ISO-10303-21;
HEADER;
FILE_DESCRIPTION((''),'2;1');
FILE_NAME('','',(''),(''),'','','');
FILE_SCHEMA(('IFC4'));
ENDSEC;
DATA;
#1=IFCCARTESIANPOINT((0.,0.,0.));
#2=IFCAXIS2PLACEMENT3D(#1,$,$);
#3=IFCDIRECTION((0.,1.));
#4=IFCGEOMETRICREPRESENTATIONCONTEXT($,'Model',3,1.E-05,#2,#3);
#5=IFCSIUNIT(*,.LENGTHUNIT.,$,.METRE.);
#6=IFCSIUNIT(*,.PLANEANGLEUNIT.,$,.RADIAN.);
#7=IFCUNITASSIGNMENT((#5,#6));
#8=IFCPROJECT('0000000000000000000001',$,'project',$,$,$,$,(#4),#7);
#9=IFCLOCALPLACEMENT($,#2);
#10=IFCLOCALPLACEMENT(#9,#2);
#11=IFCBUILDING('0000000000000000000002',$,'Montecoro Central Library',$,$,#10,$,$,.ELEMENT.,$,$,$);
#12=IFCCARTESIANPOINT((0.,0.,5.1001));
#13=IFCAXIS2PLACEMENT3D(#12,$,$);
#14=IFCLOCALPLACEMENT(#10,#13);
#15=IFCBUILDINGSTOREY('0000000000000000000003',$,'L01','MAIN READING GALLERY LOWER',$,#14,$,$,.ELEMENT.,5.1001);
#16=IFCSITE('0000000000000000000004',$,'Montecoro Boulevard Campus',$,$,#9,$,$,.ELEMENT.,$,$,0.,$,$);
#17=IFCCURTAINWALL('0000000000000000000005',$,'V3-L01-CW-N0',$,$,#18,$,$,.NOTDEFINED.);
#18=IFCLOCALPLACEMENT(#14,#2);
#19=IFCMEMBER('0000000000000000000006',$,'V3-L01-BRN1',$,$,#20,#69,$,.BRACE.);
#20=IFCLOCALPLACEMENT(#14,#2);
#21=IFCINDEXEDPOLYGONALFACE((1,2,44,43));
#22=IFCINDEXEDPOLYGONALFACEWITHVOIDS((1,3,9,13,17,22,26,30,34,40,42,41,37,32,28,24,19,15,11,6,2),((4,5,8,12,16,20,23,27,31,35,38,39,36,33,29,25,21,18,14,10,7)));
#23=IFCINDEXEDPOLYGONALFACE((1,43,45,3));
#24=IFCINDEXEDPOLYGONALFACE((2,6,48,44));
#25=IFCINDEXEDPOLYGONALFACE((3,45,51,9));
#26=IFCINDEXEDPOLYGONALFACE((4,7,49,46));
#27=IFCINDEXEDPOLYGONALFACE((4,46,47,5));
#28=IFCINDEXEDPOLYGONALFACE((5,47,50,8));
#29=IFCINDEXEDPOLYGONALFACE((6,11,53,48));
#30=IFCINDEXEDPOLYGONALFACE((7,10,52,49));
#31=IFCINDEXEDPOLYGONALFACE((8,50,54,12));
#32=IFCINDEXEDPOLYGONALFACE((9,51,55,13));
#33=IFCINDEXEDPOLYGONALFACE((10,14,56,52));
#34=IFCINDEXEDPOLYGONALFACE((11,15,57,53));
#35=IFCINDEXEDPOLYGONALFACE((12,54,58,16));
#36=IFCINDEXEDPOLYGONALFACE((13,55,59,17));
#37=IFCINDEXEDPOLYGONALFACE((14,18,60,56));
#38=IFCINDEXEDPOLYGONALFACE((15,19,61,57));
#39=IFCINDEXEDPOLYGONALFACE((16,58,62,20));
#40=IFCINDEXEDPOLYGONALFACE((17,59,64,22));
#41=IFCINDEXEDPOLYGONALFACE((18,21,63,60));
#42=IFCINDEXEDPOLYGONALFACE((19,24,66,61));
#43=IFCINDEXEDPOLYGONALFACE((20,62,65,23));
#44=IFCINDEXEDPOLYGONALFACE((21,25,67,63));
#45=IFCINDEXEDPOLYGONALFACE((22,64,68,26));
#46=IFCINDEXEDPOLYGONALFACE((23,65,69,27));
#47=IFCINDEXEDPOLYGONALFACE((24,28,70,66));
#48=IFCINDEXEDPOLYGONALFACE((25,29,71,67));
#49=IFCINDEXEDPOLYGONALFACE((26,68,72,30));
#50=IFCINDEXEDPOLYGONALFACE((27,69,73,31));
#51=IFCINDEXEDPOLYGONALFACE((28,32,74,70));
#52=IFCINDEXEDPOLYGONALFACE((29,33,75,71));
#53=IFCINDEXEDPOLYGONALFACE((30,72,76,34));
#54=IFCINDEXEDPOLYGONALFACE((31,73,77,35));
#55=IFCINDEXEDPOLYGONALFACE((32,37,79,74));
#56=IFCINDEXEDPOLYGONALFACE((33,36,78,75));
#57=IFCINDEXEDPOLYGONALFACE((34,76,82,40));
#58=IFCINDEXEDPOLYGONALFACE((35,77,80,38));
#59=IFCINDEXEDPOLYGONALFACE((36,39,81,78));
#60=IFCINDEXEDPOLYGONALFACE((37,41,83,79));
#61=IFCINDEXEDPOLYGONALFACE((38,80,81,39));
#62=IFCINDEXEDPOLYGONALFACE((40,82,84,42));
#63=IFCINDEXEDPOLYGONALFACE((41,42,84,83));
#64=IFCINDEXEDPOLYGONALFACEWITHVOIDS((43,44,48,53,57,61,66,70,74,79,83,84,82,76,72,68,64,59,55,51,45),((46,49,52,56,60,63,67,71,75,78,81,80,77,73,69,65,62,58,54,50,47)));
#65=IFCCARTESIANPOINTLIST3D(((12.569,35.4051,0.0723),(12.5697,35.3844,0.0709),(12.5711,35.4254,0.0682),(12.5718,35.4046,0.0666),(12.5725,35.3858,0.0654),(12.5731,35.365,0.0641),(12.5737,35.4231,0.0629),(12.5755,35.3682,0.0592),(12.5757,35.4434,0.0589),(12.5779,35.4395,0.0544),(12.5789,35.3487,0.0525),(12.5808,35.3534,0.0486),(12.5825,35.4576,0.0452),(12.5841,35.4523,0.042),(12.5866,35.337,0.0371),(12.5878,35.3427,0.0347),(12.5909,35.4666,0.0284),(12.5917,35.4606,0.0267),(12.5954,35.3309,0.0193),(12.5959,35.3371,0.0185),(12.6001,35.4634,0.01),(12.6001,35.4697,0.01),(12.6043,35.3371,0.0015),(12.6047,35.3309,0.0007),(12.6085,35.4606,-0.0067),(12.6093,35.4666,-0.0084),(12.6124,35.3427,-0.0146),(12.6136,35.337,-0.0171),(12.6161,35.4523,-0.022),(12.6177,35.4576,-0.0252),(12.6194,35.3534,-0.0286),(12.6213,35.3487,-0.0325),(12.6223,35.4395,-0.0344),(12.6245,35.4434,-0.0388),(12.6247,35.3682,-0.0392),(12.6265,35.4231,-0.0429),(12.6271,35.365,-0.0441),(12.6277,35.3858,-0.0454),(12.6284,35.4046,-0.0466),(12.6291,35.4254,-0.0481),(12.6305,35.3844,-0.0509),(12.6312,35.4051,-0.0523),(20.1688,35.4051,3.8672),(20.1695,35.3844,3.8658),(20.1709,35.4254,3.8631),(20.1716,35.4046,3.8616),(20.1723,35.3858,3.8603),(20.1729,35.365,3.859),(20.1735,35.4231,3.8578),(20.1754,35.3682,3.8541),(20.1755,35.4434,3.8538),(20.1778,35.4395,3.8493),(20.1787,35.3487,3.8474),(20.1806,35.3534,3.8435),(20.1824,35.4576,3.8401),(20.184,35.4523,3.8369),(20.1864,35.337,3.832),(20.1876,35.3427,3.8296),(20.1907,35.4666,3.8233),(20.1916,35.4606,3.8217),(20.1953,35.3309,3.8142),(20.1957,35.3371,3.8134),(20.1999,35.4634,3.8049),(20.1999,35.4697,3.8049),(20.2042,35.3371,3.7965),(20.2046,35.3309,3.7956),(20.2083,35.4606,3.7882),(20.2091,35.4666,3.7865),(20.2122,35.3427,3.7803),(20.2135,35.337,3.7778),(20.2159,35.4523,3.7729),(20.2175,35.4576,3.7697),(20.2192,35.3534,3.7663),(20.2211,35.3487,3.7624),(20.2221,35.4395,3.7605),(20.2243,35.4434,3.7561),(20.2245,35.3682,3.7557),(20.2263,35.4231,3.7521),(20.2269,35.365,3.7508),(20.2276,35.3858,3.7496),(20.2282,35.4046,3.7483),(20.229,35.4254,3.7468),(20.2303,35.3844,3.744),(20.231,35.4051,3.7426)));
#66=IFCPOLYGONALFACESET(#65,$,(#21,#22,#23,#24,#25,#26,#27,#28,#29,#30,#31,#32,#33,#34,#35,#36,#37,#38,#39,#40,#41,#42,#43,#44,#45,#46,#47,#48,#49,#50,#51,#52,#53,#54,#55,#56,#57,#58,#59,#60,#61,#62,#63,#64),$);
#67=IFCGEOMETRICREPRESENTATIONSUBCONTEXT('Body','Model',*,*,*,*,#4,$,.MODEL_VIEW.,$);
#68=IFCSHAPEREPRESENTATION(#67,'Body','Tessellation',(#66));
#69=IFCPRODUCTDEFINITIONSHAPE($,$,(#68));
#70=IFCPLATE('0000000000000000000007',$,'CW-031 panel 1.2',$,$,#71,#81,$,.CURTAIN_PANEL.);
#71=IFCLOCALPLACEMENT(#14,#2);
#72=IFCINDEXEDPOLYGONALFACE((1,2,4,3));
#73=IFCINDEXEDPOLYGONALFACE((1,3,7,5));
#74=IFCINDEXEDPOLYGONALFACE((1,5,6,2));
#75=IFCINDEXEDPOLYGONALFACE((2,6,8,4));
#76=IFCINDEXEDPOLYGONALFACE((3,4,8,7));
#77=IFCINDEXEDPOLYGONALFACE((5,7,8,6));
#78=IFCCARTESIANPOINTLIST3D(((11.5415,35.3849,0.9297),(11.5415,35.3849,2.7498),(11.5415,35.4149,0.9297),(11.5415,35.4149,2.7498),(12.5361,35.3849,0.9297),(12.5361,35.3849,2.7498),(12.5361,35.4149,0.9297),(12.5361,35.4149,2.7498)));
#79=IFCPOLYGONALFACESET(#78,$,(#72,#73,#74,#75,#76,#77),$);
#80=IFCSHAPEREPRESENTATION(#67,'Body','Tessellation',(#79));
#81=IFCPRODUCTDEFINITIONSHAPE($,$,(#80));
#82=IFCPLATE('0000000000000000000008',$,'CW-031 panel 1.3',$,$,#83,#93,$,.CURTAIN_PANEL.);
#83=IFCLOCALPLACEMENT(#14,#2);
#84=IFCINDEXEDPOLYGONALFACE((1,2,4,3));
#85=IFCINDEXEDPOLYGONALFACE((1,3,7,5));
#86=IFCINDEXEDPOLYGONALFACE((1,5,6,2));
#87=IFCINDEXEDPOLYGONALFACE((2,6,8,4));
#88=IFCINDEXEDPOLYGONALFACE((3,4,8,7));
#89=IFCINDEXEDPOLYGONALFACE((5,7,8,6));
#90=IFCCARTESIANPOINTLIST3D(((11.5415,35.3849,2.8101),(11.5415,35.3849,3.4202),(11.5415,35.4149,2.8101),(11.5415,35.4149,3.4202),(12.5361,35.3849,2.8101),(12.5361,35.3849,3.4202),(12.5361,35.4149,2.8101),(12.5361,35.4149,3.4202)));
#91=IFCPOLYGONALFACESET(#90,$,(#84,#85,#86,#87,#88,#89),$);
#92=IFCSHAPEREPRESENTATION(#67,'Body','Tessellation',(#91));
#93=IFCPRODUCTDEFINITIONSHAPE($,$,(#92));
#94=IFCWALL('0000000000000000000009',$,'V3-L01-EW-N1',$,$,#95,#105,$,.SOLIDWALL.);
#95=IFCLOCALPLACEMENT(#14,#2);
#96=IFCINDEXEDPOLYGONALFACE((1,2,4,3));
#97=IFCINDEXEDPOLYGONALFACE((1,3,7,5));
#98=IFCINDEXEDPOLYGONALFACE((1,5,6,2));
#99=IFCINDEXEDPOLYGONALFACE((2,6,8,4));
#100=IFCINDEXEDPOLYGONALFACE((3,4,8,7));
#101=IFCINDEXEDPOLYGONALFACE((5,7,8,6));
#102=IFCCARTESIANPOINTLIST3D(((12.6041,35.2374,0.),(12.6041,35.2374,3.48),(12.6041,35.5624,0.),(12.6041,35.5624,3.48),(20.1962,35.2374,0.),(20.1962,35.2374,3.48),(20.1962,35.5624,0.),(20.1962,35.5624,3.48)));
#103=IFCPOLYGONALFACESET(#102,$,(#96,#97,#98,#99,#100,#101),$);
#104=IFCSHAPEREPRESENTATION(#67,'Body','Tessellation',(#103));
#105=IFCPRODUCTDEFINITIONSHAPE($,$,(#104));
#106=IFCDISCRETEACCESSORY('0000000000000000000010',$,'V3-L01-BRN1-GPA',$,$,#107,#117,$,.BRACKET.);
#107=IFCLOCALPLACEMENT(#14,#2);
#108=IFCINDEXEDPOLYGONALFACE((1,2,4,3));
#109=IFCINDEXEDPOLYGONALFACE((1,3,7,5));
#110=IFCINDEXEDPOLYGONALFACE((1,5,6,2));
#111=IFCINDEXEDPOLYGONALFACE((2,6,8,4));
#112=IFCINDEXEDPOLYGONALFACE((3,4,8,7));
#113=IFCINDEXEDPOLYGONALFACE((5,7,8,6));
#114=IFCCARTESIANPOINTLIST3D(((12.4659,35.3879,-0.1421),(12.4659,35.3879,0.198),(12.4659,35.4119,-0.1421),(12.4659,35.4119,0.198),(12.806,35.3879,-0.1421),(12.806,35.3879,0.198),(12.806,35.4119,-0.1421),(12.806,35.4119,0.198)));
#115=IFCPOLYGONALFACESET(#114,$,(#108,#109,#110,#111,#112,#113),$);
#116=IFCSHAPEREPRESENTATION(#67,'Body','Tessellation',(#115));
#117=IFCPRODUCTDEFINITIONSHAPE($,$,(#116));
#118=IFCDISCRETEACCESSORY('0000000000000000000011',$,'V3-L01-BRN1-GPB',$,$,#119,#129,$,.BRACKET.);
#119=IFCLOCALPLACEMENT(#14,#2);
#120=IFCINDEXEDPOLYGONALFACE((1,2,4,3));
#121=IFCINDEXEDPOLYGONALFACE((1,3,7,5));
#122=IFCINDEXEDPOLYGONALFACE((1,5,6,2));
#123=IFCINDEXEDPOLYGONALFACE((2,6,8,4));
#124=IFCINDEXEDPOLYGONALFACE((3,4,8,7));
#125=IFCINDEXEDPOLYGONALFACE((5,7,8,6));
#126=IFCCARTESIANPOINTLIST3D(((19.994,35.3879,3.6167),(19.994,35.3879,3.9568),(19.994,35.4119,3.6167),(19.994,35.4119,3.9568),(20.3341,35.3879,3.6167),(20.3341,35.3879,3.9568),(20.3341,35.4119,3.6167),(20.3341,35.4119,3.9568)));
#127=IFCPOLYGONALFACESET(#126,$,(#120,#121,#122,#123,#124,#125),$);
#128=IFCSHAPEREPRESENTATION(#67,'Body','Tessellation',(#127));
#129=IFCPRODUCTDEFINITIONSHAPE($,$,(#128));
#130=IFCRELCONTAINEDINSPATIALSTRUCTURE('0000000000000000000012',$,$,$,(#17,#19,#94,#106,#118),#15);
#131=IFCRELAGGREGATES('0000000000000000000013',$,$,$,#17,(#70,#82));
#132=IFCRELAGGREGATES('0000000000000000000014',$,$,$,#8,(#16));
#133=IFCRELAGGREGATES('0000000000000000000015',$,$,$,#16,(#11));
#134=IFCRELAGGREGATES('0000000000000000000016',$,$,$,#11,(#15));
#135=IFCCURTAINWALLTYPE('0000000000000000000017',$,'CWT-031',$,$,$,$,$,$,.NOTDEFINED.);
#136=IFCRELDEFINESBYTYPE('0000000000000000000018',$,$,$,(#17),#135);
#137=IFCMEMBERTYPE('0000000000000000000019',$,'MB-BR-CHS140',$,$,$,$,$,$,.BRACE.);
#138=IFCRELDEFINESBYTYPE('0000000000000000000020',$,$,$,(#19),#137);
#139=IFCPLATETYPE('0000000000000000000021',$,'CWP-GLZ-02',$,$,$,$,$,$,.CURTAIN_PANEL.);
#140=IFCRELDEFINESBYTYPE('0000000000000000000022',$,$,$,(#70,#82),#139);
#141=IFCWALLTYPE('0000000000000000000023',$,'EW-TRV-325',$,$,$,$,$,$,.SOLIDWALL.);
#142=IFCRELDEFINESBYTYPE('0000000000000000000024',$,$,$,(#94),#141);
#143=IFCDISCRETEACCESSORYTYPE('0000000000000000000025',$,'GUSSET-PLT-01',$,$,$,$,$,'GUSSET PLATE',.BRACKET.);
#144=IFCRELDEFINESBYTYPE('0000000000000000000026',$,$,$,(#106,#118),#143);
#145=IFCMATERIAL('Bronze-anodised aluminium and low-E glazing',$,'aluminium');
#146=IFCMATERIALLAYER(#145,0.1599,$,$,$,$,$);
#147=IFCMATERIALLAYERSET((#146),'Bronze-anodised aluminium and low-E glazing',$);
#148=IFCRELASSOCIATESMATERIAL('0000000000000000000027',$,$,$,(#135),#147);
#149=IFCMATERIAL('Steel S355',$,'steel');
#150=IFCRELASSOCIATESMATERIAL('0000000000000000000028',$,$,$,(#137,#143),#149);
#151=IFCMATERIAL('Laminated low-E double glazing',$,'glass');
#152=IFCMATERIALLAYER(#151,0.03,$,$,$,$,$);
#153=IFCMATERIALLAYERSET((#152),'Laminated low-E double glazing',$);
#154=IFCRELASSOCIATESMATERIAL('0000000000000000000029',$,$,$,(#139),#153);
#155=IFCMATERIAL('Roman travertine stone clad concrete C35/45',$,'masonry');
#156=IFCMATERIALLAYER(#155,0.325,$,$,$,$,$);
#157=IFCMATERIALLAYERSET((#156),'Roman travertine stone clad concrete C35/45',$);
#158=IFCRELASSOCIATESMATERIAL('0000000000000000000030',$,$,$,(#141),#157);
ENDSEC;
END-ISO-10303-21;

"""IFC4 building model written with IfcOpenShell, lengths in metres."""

from ifc_helpers import new_model, si_unit, direction, frame, frame_2d, origin, origin_2d, place, context, subcontext, project, spatial, rectangle, hollow_circle, extrude, material, layer, layer_set, material_profile, profile_set, type_object, element, aggregate, save


model = new_model("IFC4")

# Units and contexts
model_context = context("Model", 3, precision=1e-05, world=origin(), true_north=direction((0.0, 1.0)))
body_context = subcontext(model_context, "Body", "Model", "MODEL_VIEW")
ifc_project = project(units=[si_unit("LENGTHUNIT", "METRE"), si_unit("PLANEANGLEUNIT", "RADIAN")], contexts=[model_context])

# Site, building, storey
site_placement = place(None, origin())
site = spatial("IfcSite", under=ifc_project, at=site_placement, Name="Montecoro Boulevard Campus", CompositionType="ELEMENT", RefElevation=0.0)
building_placement = place(site_placement, origin())
building = spatial("IfcBuilding", under=site, at=building_placement, Name="Montecoro Central Library", CompositionType="ELEMENT")
storey_placement = place(building_placement, frame((0.0, 0.0, 5.1001)))
storey = spatial("IfcBuildingStorey", under=building, at=storey_placement, Name="L01", Description="MAIN READING GALLERY LOWER", CompositionType="ELEMENT", Elevation=5.1001)

# Shared definitions
ifc_material_1 = material(Name="Steel S355", Category="steel")

# Curtain wall
ifc_material_2 = material(Name="Bronze-anodised aluminium and low-E glazing", Category="aluminium")
ifc_layer_1 = layer(ifc_material_2, 0.1599)
ifc_layer_set_1 = layer_set([ifc_layer_1], Name="Bronze-anodised aluminium and low-E glazing")
curtain_wall_type = type_object("IfcCurtainWallType", Name="CWT-031", PredefinedType="NOTDEFINED", material=ifc_layer_set_1)
curtain_wall_placement = place(storey_placement, origin())
curtain_wall = element("IfcCurtainWall", 1, at=curtain_wall_placement, inside=storey, type_object=curtain_wall_type, Name="V3-L01-CW-N0", PredefinedType="NOTDEFINED")

# Member
ifc_material_profile_1 = material_profile(ifc_material_1, hollow_circle(Radius=0.0698, WallThickness=0.0063, at=origin_2d()), Name="CHS 139.7x6.3")
ifc_profile_set_1 = profile_set([ifc_material_profile_1], Name="Steel S355")
member_type_1 = type_object("IfcMemberType", Name="MB-BR-CHS140", PredefinedType="BRACE", material=ifc_profile_set_1)
member_1_placement = place(storey_placement, frame((12.6001, 35.3999, 0.01), z_axis=(0.894663, 0.0, 0.446742), x_axis=(0.0, 1.0, 0.0)))
element("IfcMember", 2, at=member_1_placement, inside=storey, type_object=member_type_1, Name="V3-L01-BRN1", PredefinedType="BRACE", context=body_context, shape_type="SweptSolid", body=[
    extrude(hollow_circle(Radius=0.0698, WallThickness=0.0063, at=origin_2d()), origin(), (0.0, 0.0, 1.0), 8.4946),
])

# Plates
ifc_material_3 = material(Name="Laminated low-E double glazing", Category="glass")
ifc_layer_2 = layer(ifc_material_3, 0.03)
ifc_layer_set_2 = layer_set([ifc_layer_2], Name="Laminated low-E double glazing")
plate_type = type_object("IfcPlateType", Name="CWP-GLZ-02", PredefinedType="CURTAIN_PANEL", material=ifc_layer_set_2)
plate_1_placement = place(storey_placement, frame((12.0388, 35.3999, 0.9297), z_axis=(0.0, 0.0, 1.0), x_axis=(-1.0, 0.0, 0.0)))
plate_1 = element("IfcPlate", 3, at=plate_1_placement, type_object=plate_type, Name="CW-031 panel 1.2", PredefinedType="CURTAIN_PANEL", context=body_context, shape_type="SweptSolid", body=[
    extrude(rectangle(XDim=0.9946, YDim=0.03, at=origin_2d()), origin(), (0.0, 0.0, 1.0), 1.8201),
])
plate_2_placement = place(storey_placement, frame((12.0388, 35.3999, 2.8101), z_axis=(0.0, 0.0, 1.0), x_axis=(-1.0, 0.0, 0.0)))
plate_2 = element("IfcPlate", 4, at=plate_2_placement, type_object=plate_type, Name="CW-031 panel 1.3", PredefinedType="CURTAIN_PANEL", context=body_context, shape_type="SweptSolid", body=[
    extrude(rectangle(XDim=0.9946, YDim=0.03, at=origin_2d()), origin(), (0.0, 0.0, 1.0), 0.6101),
])
aggregate(curtain_wall, [plate_1, plate_2])

# Wall
ifc_material_4 = material(Name="Roman travertine stone clad concrete C35/45", Category="masonry")
ifc_layer_3 = layer(ifc_material_4, 0.325)
ifc_layer_set_3 = layer_set([ifc_layer_3], Name="Roman travertine stone clad concrete C35/45")
wall_type = type_object("IfcWallType", Name="EW-TRV-325", PredefinedType="SOLIDWALL", material=ifc_layer_set_3)
wall_placement = place(storey_placement, frame((20.196, 35.3999, 0.0), z_axis=(0.0, 0.0, 1.0), x_axis=(-1.0, 0.0, 0.0)))
element("IfcWall", 5, at=wall_placement, inside=storey, type_object=wall_type, Name="V3-L01-EW-N1", PredefinedType="SOLIDWALL", context=body_context, shape_type="SweptSolid", body=[
    extrude(rectangle(XDim=7.592, YDim=0.325, at=frame_2d((3.7959, 0.0))), origin(), (0.0, 0.0, 1.0), 3.48),
])

# Discrete accessories
discrete_accessory_type = type_object("IfcDiscreteAccessoryType", Name="GUSSET-PLT-01", ElementType="GUSSET PLATE", PredefinedType="BRACKET", material=ifc_material_1)
for number, where, z_axis, x_axis, name in (
    (6, (12.636, 35.3999, -0.1421), (0.0, 0.0, 1.0), (1.0, 0.0, 0.0), "V3-L01-BRN1-GPA"),
    (7, (20.1641, 35.3999, 3.6167), (0.0, 0.0, 1.0), (1.0, 0.0, 0.0), "V3-L01-BRN1-GPB"),
):
    element("IfcDiscreteAccessory", number, at=place(storey_placement, frame(where, z_axis=z_axis, x_axis=x_axis)), inside=storey, type_object=discrete_accessory_type, Name=name, PredefinedType="BRACKET", context=body_context, shape_type="SweptSolid", body=[
        extrude(rectangle(XDim=0.3401, YDim=0.0239, at=origin_2d()), origin(), (0.0, 0.0, 1.0), 0.3401),
    ])

save(model, "model.ifc")
